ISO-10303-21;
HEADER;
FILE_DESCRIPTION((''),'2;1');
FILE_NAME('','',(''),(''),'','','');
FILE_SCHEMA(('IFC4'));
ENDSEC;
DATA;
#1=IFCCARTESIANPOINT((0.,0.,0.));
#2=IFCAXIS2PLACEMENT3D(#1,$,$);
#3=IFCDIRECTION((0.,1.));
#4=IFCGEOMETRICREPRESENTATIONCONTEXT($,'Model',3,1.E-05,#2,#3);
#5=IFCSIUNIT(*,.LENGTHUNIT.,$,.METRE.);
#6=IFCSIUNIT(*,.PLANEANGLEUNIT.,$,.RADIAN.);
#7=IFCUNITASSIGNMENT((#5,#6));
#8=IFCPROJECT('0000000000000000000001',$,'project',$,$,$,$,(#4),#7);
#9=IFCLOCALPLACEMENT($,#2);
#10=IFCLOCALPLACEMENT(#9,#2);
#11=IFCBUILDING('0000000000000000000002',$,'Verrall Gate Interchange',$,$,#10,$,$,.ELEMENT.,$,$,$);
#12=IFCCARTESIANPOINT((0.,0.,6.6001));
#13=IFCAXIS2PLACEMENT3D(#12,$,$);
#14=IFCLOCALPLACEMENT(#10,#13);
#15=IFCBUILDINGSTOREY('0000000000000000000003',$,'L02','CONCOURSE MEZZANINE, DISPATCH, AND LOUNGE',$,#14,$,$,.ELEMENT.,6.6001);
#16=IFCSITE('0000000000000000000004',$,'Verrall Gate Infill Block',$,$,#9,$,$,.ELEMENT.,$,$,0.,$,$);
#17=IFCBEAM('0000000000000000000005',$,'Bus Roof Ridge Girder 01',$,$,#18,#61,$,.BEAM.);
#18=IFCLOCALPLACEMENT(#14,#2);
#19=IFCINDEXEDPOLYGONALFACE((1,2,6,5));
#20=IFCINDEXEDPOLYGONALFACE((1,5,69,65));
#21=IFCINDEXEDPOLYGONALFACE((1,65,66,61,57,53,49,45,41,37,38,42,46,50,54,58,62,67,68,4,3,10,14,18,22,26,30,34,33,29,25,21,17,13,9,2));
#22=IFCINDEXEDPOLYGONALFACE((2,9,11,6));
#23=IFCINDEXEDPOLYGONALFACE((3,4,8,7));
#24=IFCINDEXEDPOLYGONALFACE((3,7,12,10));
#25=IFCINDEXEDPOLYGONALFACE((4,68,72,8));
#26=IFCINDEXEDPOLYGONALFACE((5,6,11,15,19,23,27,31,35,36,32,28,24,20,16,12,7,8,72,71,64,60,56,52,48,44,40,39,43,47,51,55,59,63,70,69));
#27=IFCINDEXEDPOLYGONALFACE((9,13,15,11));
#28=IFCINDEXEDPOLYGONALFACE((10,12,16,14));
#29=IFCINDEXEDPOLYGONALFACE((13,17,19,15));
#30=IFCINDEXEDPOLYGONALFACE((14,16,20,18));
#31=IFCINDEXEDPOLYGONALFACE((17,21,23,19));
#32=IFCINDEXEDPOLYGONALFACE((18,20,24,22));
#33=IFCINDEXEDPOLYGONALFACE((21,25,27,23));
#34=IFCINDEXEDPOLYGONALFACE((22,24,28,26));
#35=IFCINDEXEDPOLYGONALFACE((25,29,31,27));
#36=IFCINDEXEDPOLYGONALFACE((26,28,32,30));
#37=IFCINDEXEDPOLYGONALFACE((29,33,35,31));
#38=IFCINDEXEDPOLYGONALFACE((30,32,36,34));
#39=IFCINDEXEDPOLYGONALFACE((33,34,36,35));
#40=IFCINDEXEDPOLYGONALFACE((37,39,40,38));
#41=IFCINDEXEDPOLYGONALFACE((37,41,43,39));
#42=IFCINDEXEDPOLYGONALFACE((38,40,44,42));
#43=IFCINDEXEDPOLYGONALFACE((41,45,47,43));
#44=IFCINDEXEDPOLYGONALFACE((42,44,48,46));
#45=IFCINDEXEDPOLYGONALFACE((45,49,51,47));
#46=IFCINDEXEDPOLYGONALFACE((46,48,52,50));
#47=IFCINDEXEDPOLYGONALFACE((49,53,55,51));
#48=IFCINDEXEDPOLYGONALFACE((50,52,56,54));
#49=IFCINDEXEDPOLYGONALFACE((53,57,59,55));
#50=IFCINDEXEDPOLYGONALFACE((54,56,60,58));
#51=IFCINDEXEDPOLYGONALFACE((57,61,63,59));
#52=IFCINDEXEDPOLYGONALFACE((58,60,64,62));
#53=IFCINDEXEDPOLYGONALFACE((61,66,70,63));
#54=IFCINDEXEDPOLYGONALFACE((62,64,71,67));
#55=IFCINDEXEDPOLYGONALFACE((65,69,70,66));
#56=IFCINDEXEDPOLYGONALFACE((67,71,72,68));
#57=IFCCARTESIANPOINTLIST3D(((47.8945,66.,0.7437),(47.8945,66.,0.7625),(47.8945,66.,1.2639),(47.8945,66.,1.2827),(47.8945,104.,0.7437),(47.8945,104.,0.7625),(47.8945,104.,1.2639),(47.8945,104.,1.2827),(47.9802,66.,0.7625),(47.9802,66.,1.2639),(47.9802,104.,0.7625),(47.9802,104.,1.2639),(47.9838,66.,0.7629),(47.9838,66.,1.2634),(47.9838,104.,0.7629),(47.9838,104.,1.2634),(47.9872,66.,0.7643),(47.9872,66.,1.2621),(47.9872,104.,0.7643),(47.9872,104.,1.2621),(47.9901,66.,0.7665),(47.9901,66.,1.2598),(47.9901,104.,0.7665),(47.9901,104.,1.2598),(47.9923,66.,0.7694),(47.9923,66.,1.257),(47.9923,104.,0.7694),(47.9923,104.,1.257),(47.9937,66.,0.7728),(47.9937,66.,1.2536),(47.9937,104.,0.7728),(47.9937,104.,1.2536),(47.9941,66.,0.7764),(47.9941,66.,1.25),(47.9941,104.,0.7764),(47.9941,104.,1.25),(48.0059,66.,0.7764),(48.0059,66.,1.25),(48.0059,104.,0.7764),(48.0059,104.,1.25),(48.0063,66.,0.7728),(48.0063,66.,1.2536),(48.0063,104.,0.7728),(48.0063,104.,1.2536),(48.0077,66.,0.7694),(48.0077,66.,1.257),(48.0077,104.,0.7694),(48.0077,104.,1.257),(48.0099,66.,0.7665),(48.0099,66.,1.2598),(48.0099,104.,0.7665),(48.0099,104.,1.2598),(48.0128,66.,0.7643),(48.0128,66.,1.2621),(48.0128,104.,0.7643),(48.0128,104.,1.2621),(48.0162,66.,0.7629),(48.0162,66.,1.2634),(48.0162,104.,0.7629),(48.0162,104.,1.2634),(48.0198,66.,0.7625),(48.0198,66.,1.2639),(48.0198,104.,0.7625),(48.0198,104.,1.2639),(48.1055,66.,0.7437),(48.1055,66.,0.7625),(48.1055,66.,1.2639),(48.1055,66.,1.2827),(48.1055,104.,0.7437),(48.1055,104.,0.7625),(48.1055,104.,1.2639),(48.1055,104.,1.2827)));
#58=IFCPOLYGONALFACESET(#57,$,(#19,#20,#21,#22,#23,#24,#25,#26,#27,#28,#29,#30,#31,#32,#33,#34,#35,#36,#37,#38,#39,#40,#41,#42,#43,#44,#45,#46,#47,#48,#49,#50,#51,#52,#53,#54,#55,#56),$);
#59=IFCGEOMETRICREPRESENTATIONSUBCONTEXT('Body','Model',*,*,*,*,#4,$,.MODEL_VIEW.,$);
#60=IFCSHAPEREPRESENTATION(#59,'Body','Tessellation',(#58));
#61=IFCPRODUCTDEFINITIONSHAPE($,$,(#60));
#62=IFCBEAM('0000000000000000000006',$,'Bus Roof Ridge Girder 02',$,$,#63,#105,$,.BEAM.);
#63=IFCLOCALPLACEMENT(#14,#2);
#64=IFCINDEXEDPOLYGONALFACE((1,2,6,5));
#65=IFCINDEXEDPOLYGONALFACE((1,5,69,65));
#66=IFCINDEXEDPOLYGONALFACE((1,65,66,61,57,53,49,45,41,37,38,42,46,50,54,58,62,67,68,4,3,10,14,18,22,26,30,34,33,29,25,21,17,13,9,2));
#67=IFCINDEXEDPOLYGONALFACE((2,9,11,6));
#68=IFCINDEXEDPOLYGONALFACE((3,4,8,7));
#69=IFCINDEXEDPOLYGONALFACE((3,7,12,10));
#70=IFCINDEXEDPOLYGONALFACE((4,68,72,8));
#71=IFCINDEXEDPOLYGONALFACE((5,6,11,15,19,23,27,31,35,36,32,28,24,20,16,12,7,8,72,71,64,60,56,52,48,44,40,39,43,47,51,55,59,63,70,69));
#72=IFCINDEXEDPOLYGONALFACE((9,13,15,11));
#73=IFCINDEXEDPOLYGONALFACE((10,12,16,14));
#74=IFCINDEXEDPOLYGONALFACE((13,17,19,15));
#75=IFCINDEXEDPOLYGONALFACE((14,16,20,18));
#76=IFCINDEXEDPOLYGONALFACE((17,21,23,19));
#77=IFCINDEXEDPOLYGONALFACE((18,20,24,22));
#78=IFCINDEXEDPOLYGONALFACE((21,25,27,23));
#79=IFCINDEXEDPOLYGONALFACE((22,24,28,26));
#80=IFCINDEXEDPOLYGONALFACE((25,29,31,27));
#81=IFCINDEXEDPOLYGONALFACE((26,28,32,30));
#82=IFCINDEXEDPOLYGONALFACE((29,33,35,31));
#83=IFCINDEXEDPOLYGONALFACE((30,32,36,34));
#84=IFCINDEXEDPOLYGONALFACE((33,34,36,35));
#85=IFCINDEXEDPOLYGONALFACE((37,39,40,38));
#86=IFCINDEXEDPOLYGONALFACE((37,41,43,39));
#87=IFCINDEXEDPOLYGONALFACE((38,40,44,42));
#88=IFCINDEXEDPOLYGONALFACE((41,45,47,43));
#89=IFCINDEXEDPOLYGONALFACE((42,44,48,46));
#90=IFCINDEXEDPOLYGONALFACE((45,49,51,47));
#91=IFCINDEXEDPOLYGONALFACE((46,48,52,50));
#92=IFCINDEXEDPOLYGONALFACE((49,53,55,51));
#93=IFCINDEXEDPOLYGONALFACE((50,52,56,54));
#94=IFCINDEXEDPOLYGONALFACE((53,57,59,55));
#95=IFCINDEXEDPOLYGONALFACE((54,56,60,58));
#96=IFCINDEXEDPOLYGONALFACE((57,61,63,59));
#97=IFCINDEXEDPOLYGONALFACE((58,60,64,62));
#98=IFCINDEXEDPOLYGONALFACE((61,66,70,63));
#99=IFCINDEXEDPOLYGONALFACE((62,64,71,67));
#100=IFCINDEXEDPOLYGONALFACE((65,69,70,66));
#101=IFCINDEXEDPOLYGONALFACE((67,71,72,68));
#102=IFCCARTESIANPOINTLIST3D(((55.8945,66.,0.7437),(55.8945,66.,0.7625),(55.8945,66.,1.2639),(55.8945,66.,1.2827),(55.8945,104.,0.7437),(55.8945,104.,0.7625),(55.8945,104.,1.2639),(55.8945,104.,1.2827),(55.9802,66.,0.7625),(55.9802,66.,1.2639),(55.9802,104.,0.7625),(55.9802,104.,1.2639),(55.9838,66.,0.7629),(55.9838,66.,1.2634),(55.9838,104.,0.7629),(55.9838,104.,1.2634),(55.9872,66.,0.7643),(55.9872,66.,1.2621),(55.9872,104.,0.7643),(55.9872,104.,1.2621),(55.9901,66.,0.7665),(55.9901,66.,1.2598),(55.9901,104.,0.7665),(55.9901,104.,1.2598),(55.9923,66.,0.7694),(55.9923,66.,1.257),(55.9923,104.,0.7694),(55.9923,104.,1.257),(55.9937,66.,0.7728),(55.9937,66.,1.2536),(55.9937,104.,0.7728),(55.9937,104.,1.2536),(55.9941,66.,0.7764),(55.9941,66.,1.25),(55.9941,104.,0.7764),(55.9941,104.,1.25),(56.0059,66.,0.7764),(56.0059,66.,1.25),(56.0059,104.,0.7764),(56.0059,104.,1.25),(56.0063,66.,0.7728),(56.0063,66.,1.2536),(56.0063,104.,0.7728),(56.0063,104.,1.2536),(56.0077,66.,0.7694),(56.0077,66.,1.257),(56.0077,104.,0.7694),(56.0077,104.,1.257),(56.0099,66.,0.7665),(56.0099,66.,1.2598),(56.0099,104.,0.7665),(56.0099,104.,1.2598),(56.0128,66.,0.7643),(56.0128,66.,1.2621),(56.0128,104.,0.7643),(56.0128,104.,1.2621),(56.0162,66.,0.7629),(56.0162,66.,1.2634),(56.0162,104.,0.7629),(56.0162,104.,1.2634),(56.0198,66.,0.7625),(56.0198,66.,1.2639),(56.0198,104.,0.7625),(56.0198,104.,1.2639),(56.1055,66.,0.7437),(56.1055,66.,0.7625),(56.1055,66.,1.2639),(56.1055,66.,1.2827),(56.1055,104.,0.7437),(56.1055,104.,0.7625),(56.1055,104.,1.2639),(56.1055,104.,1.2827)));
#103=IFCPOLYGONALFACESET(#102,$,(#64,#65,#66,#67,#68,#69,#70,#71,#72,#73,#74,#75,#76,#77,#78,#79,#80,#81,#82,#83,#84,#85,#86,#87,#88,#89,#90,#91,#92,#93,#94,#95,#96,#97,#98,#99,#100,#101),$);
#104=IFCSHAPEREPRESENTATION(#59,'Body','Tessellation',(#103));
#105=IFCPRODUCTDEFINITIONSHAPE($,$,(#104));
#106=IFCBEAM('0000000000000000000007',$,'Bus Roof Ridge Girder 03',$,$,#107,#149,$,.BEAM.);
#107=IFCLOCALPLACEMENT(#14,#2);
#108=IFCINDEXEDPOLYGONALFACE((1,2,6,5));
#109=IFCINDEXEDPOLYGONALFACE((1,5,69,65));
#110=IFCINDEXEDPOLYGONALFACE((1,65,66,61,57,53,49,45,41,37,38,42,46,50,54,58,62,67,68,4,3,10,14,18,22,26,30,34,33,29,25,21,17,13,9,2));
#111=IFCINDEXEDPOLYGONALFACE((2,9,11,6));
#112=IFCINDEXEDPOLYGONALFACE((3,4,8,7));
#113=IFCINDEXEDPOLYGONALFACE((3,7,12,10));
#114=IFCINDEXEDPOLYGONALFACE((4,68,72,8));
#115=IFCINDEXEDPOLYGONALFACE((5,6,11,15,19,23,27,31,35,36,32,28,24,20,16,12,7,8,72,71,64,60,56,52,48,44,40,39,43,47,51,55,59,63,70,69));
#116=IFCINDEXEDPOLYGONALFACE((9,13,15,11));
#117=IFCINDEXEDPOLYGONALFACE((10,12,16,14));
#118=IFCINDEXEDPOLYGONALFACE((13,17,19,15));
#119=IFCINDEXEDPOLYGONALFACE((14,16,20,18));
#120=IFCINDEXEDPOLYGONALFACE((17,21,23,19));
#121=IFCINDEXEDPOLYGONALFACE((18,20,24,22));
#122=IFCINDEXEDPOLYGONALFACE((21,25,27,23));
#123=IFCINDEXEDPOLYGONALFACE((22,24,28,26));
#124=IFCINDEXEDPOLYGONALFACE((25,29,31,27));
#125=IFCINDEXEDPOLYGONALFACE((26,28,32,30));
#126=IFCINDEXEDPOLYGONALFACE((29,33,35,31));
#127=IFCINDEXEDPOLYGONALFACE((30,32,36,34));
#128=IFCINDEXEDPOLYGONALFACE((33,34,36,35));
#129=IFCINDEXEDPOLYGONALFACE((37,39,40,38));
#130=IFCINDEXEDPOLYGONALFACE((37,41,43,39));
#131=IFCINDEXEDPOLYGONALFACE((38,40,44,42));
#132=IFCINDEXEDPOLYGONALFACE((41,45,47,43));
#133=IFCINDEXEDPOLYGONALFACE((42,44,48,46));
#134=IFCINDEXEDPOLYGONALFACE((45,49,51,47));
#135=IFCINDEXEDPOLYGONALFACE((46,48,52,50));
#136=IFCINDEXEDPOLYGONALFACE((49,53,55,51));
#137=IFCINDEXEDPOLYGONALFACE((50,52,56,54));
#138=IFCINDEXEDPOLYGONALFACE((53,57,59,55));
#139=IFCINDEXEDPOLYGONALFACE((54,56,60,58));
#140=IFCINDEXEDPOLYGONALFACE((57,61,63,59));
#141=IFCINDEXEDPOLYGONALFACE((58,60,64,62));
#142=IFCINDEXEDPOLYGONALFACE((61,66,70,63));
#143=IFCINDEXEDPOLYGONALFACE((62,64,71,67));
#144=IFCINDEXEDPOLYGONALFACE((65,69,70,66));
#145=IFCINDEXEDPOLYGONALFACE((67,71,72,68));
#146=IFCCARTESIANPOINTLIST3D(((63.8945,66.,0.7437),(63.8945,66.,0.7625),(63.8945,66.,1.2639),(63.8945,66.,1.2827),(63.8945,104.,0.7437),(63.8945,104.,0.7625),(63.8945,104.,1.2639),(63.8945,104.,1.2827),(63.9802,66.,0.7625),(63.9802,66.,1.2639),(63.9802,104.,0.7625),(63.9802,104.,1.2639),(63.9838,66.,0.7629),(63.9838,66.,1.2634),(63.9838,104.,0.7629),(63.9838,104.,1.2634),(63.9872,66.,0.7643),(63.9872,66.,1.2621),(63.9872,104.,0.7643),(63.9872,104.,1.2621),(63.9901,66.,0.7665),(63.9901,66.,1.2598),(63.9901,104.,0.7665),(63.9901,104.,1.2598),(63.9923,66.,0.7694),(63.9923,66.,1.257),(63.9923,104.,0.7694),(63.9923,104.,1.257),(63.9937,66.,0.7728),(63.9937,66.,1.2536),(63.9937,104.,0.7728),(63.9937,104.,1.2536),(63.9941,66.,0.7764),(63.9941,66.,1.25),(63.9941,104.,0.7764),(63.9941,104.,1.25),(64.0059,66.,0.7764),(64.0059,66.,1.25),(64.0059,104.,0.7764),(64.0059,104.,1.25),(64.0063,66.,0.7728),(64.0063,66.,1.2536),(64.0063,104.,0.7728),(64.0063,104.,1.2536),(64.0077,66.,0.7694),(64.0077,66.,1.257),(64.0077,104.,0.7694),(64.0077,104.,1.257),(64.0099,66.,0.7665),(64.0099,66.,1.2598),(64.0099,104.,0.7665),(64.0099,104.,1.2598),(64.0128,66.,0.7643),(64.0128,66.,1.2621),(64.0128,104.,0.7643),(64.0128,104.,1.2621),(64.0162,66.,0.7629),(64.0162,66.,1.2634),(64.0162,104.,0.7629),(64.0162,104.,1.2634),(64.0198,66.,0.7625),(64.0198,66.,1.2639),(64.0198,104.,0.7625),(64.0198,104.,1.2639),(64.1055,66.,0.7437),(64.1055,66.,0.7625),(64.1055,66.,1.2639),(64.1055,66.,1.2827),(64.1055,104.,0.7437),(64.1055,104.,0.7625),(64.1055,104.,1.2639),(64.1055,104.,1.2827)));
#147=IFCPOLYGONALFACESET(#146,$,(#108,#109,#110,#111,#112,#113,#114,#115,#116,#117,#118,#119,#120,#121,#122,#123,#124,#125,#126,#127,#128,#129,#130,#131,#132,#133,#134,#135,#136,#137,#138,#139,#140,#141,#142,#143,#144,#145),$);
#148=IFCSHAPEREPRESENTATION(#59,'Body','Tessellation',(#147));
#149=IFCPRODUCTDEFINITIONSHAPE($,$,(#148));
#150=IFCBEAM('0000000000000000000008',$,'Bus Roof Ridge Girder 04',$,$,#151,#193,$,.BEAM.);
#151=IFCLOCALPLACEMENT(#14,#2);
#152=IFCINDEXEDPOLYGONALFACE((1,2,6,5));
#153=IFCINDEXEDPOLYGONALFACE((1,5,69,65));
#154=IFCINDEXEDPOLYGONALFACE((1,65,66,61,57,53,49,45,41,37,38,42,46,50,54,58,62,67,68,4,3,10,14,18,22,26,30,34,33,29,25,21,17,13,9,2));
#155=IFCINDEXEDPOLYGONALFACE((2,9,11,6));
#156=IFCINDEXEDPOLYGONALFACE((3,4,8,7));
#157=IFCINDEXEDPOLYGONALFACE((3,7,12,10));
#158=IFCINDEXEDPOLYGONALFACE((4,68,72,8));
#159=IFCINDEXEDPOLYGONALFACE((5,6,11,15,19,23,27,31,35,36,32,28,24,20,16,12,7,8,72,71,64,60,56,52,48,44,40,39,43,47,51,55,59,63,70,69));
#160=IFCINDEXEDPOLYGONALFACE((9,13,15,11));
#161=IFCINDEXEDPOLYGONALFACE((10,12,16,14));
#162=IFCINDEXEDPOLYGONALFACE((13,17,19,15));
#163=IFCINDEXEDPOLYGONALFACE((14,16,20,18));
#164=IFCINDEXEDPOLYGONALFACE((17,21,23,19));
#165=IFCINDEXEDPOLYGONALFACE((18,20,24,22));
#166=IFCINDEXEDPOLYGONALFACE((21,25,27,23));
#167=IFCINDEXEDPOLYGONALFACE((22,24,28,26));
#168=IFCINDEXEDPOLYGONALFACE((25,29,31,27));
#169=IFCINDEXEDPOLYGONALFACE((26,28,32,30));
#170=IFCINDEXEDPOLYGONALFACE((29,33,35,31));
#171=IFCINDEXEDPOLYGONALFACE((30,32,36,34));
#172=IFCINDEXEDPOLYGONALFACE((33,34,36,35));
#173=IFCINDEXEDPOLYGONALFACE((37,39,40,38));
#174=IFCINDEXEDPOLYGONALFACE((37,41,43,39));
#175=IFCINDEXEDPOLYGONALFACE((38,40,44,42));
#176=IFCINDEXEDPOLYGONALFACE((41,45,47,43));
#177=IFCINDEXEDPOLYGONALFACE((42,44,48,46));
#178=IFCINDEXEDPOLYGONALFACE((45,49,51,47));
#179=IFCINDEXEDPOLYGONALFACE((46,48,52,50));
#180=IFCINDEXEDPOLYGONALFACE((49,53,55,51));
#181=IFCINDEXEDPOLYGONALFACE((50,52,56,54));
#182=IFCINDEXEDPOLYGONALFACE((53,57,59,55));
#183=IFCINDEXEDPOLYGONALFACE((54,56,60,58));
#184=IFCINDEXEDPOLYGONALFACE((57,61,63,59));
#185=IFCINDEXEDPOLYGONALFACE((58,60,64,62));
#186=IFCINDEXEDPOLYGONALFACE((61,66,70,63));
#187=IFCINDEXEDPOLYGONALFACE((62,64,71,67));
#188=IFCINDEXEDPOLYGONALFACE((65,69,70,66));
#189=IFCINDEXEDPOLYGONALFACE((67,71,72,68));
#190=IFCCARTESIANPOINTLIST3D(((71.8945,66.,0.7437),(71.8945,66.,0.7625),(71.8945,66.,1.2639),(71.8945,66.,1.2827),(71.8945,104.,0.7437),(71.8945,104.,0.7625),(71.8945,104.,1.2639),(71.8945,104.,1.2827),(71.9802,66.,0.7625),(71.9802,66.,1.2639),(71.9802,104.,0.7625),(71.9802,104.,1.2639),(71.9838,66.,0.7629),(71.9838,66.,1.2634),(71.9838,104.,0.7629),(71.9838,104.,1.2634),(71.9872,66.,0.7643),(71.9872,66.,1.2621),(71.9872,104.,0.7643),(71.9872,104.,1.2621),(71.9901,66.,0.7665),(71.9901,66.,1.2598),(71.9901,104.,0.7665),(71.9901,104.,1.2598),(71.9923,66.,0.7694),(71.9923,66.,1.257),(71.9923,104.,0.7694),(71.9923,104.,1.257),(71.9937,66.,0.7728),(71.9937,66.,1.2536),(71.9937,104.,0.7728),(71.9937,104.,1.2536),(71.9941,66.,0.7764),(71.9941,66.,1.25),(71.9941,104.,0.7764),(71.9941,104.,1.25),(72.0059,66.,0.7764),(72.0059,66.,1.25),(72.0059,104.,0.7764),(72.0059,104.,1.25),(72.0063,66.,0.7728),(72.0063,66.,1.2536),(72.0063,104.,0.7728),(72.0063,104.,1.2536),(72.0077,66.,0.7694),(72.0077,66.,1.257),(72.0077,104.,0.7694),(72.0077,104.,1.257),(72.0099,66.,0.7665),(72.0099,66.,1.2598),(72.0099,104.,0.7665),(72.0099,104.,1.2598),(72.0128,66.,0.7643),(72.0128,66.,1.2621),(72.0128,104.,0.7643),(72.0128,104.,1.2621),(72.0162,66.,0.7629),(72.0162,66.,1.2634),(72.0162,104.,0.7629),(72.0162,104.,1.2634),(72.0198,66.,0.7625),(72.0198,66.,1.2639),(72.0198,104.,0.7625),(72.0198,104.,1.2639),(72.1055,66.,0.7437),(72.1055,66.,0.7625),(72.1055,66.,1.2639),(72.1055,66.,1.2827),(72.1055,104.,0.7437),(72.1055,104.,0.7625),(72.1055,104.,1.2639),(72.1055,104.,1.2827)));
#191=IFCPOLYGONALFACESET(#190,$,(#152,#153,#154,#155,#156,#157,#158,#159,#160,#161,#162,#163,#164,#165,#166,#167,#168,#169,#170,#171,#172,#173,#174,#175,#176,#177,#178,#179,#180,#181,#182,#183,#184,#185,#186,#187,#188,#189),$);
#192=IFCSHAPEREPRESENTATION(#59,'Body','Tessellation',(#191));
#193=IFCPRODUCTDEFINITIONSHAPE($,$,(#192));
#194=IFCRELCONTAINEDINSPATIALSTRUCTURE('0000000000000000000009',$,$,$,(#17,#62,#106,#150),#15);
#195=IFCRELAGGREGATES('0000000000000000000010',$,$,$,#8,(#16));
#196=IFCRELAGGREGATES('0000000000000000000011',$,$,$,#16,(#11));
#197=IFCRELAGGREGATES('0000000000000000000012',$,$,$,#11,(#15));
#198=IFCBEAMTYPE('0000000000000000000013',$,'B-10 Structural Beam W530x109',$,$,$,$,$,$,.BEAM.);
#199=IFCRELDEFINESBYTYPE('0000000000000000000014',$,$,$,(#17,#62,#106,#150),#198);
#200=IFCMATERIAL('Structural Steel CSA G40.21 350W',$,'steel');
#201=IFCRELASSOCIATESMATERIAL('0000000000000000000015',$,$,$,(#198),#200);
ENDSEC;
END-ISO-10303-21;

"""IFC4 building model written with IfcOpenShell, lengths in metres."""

from ifc_helpers import new_model, si_unit, direction, frame, origin, origin_2d, place, context, subcontext, project, spatial, i_section, extrude, material, material_profile, profile_set, type_object, element, save


model = new_model("IFC4")

# Units and contexts
model_context = context("Model", 3, precision=1e-05, world=origin(), true_north=direction((0.0, 1.0)))
body_context = subcontext(model_context, "Body", "Model", "MODEL_VIEW")
ifc_project = project(units=[si_unit("LENGTHUNIT", "METRE"), si_unit("PLANEANGLEUNIT", "RADIAN")], contexts=[model_context])

# Site, building, storey
site_placement = place(None, origin())
site = spatial("IfcSite", under=ifc_project, at=site_placement, Name="Verrall Gate Infill Block", CompositionType="ELEMENT", RefElevation=0.0)
building_placement = place(site_placement, origin())
building = spatial("IfcBuilding", under=site, at=building_placement, Name="Verrall Gate Interchange", CompositionType="ELEMENT")
storey_placement = place(building_placement, frame((0.0, 0.0, 6.6001)))
storey = spatial("IfcBuildingStorey", under=building, at=storey_placement, Name="L02", Description="CONCOURSE MEZZANINE, DISPATCH, AND LOUNGE", CompositionType="ELEMENT", Elevation=6.6001)

# Beams
ifc_material_1 = material(Name="Structural Steel CSA G40.21 350W", Category="steel")
ifc_material_profile_1 = material_profile(ifc_material_1, i_section(OverallWidth=0.2109, OverallDepth=0.5391, WebThickness=0.0117, FlangeThickness=0.0188, FilletRadius=0.0139, at=origin_2d()), Name="W530x109")
ifc_profile_set_1 = profile_set([ifc_material_profile_1], Name="Structural Steel CSA G40.21 350W")
beam_type_1 = type_object("IfcBeamType", Name="B-10 Structural Beam W530x109", PredefinedType="BEAM", material=ifc_profile_set_1)
for number, where, z_axis, x_axis, name in (
    (1, (48.0, 66.0, 1.0132), (0.0, 1.0, 0.0), (-1.0, 0.0, 0.0), "Bus Roof Ridge Girder 01"),
    (2, (56.0, 66.0, 1.0132), (0.0, 1.0, 0.0), (-1.0, 0.0, 0.0), "Bus Roof Ridge Girder 02"),
    (3, (64.0, 66.0, 1.0132), (0.0, 1.0, 0.0), (-1.0, 0.0, 0.0), "Bus Roof Ridge Girder 03"),
    (4, (72.0, 66.0, 1.0132), (0.0, 1.0, 0.0), (-1.0, 0.0, 0.0), "Bus Roof Ridge Girder 04"),
):
    element("IfcBeam", number, at=place(storey_placement, frame(where, z_axis=z_axis, x_axis=x_axis)), inside=storey, type_object=beam_type_1, Name=name, PredefinedType="BEAM", context=body_context, shape_type="SweptSolid", body=[
        extrude(i_section(OverallWidth=0.2109, OverallDepth=0.5391, WebThickness=0.0117, FlangeThickness=0.0188, FilletRadius=0.0139, at=origin_2d()), origin(), (0.0, 0.0, 1.0), 38.0),
    ])

save(model, "model.ifc")
